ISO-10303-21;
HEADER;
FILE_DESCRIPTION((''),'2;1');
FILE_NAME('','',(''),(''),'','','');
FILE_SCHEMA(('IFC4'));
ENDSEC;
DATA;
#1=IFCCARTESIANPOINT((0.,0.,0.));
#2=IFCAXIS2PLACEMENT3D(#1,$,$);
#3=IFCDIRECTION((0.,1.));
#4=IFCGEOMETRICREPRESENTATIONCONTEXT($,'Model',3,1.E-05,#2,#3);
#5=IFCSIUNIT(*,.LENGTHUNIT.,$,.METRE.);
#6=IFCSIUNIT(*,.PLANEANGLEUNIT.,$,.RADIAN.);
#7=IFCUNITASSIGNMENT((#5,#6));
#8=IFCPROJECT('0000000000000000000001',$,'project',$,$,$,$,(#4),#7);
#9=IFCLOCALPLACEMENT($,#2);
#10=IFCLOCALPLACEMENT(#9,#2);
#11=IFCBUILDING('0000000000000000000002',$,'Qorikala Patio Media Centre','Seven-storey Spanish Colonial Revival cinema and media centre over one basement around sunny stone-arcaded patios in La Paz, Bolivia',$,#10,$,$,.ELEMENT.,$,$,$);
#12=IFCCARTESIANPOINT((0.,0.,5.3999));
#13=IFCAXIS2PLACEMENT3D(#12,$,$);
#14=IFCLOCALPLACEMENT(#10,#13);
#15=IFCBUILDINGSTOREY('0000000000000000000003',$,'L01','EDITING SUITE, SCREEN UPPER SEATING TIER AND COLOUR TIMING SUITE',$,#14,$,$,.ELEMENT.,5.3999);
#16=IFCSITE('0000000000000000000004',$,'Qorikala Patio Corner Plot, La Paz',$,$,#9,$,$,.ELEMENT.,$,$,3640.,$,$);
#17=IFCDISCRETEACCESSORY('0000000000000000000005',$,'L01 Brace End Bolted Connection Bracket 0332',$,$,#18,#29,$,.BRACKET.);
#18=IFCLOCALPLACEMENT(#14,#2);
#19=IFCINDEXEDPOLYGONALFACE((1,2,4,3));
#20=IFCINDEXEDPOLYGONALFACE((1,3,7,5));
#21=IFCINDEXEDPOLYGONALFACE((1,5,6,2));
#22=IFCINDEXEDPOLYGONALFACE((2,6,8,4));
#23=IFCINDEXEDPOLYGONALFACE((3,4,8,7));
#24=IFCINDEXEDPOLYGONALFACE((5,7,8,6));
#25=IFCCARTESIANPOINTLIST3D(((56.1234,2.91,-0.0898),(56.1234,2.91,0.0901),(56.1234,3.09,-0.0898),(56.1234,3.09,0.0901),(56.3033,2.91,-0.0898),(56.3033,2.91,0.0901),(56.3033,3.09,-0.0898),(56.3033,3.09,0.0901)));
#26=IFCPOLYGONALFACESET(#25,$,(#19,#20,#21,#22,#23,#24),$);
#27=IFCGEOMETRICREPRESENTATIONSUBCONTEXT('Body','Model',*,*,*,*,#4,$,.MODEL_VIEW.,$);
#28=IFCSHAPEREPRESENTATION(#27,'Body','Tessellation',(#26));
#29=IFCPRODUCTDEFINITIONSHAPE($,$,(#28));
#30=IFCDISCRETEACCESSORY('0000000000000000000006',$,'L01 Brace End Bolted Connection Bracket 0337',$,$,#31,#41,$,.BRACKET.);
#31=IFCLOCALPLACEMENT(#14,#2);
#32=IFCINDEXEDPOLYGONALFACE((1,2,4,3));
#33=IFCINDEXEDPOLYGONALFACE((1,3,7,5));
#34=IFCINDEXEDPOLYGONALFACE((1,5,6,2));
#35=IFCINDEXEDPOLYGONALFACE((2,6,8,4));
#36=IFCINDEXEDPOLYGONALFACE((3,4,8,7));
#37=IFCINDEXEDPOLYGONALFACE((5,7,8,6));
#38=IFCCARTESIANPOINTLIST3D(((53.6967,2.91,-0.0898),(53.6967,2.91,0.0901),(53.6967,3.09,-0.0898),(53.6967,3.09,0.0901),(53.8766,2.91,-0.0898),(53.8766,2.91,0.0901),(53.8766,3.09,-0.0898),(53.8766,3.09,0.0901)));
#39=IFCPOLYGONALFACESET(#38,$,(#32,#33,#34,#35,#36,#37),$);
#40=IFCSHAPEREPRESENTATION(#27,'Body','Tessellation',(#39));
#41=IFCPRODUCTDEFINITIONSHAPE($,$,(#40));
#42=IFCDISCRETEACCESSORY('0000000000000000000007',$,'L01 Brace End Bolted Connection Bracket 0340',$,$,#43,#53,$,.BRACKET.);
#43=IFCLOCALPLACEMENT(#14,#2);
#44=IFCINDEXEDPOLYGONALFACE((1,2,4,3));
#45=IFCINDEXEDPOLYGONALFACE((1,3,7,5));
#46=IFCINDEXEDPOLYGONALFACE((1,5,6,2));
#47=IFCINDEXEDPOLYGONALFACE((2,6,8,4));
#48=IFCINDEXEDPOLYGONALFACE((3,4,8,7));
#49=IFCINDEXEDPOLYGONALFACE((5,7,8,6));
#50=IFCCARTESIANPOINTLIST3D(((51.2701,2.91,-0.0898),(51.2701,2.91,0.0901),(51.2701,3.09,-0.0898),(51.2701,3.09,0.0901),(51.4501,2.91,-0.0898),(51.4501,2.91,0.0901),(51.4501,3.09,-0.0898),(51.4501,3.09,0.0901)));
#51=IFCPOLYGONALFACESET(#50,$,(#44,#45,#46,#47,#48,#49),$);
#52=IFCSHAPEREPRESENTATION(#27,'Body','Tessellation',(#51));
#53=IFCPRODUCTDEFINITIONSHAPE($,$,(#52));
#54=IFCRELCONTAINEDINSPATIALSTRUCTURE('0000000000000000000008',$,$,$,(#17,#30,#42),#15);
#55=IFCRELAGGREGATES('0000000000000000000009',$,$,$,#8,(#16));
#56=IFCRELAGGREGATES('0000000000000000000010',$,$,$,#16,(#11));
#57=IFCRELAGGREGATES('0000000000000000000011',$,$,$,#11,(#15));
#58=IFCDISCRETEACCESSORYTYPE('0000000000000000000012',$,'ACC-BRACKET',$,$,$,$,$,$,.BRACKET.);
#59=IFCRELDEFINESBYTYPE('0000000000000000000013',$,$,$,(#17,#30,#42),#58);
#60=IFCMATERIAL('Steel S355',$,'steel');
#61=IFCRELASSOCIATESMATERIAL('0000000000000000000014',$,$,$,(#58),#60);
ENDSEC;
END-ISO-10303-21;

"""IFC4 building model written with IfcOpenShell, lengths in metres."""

from ifc_helpers import new_model, si_unit, direction, frame, origin, origin_2d, place, context, subcontext, project, spatial, rectangle, extrude, material, type_object, element, save


model = new_model("IFC4")

# Units and contexts
model_context = context("Model", 3, precision=1e-05, world=origin(), true_north=direction((0.0, 1.0)))
body_context = subcontext(model_context, "Body", "Model", "MODEL_VIEW")
ifc_project = project(units=[si_unit("LENGTHUNIT", "METRE"), si_unit("PLANEANGLEUNIT", "RADIAN")], contexts=[model_context])

# Site, building, storey
site_placement = place(None, origin())
site = spatial("IfcSite", under=ifc_project, at=site_placement, Name="Qorikala Patio Corner Plot, La Paz", CompositionType="ELEMENT", RefElevation=3640.0)
building_placement = place(site_placement, origin())
building = spatial("IfcBuilding", under=site, at=building_placement, Name="Qorikala Patio Media Centre", Description="Seven-storey Spanish Colonial Revival cinema and media centre over one basement around sunny stone-arcaded patios in La Paz, Bolivia", CompositionType="ELEMENT")
storey_placement = place(building_placement, frame((0.0, 0.0, 5.3999)))
storey = spatial("IfcBuildingStorey", under=building, at=storey_placement, Name="L01", Description="EDITING SUITE, SCREEN UPPER SEATING TIER AND COLOUR TIMING SUITE", CompositionType="ELEMENT", Elevation=5.3999)

# Shared definitions
ifc_material_1 = material(Name="Steel S355", Category="steel")

# Discrete accessories
discrete_accessory_type = type_object("IfcDiscreteAccessoryType", Name="ACC-BRACKET", PredefinedType="BRACKET", material=ifc_material_1)
for number, where, z_axis, x_axis, name in (
    (1, (56.2134, 3.0, -0.0898), (0.0, 0.0, 1.0), (1.0, 0.0, 0.0), "L01 Brace End Bolted Connection Bracket 0332"),
    (2, (53.7866, 3.0, -0.0898), (0.0, 0.0, 1.0), (1.0, 0.0, 0.0), "L01 Brace End Bolted Connection Bracket 0337"),
    (3, (51.3601, 3.0, -0.0898), (0.0, 0.0, 1.0), (1.0, 0.0, 0.0), "L01 Brace End Bolted Connection Bracket 0340"),
):
    element("IfcDiscreteAccessory", number, at=place(storey_placement, frame(where, z_axis=z_axis, x_axis=x_axis)), inside=storey, type_object=discrete_accessory_type, Name=name, PredefinedType="BRACKET", context=body_context, shape_type="SweptSolid", body=[
        extrude(rectangle(XDim=0.1799, YDim=0.1799, at=origin_2d()), origin(), (0.0, 0.0, 1.0), 0.1799),
    ])

save(model, "model.ifc")
